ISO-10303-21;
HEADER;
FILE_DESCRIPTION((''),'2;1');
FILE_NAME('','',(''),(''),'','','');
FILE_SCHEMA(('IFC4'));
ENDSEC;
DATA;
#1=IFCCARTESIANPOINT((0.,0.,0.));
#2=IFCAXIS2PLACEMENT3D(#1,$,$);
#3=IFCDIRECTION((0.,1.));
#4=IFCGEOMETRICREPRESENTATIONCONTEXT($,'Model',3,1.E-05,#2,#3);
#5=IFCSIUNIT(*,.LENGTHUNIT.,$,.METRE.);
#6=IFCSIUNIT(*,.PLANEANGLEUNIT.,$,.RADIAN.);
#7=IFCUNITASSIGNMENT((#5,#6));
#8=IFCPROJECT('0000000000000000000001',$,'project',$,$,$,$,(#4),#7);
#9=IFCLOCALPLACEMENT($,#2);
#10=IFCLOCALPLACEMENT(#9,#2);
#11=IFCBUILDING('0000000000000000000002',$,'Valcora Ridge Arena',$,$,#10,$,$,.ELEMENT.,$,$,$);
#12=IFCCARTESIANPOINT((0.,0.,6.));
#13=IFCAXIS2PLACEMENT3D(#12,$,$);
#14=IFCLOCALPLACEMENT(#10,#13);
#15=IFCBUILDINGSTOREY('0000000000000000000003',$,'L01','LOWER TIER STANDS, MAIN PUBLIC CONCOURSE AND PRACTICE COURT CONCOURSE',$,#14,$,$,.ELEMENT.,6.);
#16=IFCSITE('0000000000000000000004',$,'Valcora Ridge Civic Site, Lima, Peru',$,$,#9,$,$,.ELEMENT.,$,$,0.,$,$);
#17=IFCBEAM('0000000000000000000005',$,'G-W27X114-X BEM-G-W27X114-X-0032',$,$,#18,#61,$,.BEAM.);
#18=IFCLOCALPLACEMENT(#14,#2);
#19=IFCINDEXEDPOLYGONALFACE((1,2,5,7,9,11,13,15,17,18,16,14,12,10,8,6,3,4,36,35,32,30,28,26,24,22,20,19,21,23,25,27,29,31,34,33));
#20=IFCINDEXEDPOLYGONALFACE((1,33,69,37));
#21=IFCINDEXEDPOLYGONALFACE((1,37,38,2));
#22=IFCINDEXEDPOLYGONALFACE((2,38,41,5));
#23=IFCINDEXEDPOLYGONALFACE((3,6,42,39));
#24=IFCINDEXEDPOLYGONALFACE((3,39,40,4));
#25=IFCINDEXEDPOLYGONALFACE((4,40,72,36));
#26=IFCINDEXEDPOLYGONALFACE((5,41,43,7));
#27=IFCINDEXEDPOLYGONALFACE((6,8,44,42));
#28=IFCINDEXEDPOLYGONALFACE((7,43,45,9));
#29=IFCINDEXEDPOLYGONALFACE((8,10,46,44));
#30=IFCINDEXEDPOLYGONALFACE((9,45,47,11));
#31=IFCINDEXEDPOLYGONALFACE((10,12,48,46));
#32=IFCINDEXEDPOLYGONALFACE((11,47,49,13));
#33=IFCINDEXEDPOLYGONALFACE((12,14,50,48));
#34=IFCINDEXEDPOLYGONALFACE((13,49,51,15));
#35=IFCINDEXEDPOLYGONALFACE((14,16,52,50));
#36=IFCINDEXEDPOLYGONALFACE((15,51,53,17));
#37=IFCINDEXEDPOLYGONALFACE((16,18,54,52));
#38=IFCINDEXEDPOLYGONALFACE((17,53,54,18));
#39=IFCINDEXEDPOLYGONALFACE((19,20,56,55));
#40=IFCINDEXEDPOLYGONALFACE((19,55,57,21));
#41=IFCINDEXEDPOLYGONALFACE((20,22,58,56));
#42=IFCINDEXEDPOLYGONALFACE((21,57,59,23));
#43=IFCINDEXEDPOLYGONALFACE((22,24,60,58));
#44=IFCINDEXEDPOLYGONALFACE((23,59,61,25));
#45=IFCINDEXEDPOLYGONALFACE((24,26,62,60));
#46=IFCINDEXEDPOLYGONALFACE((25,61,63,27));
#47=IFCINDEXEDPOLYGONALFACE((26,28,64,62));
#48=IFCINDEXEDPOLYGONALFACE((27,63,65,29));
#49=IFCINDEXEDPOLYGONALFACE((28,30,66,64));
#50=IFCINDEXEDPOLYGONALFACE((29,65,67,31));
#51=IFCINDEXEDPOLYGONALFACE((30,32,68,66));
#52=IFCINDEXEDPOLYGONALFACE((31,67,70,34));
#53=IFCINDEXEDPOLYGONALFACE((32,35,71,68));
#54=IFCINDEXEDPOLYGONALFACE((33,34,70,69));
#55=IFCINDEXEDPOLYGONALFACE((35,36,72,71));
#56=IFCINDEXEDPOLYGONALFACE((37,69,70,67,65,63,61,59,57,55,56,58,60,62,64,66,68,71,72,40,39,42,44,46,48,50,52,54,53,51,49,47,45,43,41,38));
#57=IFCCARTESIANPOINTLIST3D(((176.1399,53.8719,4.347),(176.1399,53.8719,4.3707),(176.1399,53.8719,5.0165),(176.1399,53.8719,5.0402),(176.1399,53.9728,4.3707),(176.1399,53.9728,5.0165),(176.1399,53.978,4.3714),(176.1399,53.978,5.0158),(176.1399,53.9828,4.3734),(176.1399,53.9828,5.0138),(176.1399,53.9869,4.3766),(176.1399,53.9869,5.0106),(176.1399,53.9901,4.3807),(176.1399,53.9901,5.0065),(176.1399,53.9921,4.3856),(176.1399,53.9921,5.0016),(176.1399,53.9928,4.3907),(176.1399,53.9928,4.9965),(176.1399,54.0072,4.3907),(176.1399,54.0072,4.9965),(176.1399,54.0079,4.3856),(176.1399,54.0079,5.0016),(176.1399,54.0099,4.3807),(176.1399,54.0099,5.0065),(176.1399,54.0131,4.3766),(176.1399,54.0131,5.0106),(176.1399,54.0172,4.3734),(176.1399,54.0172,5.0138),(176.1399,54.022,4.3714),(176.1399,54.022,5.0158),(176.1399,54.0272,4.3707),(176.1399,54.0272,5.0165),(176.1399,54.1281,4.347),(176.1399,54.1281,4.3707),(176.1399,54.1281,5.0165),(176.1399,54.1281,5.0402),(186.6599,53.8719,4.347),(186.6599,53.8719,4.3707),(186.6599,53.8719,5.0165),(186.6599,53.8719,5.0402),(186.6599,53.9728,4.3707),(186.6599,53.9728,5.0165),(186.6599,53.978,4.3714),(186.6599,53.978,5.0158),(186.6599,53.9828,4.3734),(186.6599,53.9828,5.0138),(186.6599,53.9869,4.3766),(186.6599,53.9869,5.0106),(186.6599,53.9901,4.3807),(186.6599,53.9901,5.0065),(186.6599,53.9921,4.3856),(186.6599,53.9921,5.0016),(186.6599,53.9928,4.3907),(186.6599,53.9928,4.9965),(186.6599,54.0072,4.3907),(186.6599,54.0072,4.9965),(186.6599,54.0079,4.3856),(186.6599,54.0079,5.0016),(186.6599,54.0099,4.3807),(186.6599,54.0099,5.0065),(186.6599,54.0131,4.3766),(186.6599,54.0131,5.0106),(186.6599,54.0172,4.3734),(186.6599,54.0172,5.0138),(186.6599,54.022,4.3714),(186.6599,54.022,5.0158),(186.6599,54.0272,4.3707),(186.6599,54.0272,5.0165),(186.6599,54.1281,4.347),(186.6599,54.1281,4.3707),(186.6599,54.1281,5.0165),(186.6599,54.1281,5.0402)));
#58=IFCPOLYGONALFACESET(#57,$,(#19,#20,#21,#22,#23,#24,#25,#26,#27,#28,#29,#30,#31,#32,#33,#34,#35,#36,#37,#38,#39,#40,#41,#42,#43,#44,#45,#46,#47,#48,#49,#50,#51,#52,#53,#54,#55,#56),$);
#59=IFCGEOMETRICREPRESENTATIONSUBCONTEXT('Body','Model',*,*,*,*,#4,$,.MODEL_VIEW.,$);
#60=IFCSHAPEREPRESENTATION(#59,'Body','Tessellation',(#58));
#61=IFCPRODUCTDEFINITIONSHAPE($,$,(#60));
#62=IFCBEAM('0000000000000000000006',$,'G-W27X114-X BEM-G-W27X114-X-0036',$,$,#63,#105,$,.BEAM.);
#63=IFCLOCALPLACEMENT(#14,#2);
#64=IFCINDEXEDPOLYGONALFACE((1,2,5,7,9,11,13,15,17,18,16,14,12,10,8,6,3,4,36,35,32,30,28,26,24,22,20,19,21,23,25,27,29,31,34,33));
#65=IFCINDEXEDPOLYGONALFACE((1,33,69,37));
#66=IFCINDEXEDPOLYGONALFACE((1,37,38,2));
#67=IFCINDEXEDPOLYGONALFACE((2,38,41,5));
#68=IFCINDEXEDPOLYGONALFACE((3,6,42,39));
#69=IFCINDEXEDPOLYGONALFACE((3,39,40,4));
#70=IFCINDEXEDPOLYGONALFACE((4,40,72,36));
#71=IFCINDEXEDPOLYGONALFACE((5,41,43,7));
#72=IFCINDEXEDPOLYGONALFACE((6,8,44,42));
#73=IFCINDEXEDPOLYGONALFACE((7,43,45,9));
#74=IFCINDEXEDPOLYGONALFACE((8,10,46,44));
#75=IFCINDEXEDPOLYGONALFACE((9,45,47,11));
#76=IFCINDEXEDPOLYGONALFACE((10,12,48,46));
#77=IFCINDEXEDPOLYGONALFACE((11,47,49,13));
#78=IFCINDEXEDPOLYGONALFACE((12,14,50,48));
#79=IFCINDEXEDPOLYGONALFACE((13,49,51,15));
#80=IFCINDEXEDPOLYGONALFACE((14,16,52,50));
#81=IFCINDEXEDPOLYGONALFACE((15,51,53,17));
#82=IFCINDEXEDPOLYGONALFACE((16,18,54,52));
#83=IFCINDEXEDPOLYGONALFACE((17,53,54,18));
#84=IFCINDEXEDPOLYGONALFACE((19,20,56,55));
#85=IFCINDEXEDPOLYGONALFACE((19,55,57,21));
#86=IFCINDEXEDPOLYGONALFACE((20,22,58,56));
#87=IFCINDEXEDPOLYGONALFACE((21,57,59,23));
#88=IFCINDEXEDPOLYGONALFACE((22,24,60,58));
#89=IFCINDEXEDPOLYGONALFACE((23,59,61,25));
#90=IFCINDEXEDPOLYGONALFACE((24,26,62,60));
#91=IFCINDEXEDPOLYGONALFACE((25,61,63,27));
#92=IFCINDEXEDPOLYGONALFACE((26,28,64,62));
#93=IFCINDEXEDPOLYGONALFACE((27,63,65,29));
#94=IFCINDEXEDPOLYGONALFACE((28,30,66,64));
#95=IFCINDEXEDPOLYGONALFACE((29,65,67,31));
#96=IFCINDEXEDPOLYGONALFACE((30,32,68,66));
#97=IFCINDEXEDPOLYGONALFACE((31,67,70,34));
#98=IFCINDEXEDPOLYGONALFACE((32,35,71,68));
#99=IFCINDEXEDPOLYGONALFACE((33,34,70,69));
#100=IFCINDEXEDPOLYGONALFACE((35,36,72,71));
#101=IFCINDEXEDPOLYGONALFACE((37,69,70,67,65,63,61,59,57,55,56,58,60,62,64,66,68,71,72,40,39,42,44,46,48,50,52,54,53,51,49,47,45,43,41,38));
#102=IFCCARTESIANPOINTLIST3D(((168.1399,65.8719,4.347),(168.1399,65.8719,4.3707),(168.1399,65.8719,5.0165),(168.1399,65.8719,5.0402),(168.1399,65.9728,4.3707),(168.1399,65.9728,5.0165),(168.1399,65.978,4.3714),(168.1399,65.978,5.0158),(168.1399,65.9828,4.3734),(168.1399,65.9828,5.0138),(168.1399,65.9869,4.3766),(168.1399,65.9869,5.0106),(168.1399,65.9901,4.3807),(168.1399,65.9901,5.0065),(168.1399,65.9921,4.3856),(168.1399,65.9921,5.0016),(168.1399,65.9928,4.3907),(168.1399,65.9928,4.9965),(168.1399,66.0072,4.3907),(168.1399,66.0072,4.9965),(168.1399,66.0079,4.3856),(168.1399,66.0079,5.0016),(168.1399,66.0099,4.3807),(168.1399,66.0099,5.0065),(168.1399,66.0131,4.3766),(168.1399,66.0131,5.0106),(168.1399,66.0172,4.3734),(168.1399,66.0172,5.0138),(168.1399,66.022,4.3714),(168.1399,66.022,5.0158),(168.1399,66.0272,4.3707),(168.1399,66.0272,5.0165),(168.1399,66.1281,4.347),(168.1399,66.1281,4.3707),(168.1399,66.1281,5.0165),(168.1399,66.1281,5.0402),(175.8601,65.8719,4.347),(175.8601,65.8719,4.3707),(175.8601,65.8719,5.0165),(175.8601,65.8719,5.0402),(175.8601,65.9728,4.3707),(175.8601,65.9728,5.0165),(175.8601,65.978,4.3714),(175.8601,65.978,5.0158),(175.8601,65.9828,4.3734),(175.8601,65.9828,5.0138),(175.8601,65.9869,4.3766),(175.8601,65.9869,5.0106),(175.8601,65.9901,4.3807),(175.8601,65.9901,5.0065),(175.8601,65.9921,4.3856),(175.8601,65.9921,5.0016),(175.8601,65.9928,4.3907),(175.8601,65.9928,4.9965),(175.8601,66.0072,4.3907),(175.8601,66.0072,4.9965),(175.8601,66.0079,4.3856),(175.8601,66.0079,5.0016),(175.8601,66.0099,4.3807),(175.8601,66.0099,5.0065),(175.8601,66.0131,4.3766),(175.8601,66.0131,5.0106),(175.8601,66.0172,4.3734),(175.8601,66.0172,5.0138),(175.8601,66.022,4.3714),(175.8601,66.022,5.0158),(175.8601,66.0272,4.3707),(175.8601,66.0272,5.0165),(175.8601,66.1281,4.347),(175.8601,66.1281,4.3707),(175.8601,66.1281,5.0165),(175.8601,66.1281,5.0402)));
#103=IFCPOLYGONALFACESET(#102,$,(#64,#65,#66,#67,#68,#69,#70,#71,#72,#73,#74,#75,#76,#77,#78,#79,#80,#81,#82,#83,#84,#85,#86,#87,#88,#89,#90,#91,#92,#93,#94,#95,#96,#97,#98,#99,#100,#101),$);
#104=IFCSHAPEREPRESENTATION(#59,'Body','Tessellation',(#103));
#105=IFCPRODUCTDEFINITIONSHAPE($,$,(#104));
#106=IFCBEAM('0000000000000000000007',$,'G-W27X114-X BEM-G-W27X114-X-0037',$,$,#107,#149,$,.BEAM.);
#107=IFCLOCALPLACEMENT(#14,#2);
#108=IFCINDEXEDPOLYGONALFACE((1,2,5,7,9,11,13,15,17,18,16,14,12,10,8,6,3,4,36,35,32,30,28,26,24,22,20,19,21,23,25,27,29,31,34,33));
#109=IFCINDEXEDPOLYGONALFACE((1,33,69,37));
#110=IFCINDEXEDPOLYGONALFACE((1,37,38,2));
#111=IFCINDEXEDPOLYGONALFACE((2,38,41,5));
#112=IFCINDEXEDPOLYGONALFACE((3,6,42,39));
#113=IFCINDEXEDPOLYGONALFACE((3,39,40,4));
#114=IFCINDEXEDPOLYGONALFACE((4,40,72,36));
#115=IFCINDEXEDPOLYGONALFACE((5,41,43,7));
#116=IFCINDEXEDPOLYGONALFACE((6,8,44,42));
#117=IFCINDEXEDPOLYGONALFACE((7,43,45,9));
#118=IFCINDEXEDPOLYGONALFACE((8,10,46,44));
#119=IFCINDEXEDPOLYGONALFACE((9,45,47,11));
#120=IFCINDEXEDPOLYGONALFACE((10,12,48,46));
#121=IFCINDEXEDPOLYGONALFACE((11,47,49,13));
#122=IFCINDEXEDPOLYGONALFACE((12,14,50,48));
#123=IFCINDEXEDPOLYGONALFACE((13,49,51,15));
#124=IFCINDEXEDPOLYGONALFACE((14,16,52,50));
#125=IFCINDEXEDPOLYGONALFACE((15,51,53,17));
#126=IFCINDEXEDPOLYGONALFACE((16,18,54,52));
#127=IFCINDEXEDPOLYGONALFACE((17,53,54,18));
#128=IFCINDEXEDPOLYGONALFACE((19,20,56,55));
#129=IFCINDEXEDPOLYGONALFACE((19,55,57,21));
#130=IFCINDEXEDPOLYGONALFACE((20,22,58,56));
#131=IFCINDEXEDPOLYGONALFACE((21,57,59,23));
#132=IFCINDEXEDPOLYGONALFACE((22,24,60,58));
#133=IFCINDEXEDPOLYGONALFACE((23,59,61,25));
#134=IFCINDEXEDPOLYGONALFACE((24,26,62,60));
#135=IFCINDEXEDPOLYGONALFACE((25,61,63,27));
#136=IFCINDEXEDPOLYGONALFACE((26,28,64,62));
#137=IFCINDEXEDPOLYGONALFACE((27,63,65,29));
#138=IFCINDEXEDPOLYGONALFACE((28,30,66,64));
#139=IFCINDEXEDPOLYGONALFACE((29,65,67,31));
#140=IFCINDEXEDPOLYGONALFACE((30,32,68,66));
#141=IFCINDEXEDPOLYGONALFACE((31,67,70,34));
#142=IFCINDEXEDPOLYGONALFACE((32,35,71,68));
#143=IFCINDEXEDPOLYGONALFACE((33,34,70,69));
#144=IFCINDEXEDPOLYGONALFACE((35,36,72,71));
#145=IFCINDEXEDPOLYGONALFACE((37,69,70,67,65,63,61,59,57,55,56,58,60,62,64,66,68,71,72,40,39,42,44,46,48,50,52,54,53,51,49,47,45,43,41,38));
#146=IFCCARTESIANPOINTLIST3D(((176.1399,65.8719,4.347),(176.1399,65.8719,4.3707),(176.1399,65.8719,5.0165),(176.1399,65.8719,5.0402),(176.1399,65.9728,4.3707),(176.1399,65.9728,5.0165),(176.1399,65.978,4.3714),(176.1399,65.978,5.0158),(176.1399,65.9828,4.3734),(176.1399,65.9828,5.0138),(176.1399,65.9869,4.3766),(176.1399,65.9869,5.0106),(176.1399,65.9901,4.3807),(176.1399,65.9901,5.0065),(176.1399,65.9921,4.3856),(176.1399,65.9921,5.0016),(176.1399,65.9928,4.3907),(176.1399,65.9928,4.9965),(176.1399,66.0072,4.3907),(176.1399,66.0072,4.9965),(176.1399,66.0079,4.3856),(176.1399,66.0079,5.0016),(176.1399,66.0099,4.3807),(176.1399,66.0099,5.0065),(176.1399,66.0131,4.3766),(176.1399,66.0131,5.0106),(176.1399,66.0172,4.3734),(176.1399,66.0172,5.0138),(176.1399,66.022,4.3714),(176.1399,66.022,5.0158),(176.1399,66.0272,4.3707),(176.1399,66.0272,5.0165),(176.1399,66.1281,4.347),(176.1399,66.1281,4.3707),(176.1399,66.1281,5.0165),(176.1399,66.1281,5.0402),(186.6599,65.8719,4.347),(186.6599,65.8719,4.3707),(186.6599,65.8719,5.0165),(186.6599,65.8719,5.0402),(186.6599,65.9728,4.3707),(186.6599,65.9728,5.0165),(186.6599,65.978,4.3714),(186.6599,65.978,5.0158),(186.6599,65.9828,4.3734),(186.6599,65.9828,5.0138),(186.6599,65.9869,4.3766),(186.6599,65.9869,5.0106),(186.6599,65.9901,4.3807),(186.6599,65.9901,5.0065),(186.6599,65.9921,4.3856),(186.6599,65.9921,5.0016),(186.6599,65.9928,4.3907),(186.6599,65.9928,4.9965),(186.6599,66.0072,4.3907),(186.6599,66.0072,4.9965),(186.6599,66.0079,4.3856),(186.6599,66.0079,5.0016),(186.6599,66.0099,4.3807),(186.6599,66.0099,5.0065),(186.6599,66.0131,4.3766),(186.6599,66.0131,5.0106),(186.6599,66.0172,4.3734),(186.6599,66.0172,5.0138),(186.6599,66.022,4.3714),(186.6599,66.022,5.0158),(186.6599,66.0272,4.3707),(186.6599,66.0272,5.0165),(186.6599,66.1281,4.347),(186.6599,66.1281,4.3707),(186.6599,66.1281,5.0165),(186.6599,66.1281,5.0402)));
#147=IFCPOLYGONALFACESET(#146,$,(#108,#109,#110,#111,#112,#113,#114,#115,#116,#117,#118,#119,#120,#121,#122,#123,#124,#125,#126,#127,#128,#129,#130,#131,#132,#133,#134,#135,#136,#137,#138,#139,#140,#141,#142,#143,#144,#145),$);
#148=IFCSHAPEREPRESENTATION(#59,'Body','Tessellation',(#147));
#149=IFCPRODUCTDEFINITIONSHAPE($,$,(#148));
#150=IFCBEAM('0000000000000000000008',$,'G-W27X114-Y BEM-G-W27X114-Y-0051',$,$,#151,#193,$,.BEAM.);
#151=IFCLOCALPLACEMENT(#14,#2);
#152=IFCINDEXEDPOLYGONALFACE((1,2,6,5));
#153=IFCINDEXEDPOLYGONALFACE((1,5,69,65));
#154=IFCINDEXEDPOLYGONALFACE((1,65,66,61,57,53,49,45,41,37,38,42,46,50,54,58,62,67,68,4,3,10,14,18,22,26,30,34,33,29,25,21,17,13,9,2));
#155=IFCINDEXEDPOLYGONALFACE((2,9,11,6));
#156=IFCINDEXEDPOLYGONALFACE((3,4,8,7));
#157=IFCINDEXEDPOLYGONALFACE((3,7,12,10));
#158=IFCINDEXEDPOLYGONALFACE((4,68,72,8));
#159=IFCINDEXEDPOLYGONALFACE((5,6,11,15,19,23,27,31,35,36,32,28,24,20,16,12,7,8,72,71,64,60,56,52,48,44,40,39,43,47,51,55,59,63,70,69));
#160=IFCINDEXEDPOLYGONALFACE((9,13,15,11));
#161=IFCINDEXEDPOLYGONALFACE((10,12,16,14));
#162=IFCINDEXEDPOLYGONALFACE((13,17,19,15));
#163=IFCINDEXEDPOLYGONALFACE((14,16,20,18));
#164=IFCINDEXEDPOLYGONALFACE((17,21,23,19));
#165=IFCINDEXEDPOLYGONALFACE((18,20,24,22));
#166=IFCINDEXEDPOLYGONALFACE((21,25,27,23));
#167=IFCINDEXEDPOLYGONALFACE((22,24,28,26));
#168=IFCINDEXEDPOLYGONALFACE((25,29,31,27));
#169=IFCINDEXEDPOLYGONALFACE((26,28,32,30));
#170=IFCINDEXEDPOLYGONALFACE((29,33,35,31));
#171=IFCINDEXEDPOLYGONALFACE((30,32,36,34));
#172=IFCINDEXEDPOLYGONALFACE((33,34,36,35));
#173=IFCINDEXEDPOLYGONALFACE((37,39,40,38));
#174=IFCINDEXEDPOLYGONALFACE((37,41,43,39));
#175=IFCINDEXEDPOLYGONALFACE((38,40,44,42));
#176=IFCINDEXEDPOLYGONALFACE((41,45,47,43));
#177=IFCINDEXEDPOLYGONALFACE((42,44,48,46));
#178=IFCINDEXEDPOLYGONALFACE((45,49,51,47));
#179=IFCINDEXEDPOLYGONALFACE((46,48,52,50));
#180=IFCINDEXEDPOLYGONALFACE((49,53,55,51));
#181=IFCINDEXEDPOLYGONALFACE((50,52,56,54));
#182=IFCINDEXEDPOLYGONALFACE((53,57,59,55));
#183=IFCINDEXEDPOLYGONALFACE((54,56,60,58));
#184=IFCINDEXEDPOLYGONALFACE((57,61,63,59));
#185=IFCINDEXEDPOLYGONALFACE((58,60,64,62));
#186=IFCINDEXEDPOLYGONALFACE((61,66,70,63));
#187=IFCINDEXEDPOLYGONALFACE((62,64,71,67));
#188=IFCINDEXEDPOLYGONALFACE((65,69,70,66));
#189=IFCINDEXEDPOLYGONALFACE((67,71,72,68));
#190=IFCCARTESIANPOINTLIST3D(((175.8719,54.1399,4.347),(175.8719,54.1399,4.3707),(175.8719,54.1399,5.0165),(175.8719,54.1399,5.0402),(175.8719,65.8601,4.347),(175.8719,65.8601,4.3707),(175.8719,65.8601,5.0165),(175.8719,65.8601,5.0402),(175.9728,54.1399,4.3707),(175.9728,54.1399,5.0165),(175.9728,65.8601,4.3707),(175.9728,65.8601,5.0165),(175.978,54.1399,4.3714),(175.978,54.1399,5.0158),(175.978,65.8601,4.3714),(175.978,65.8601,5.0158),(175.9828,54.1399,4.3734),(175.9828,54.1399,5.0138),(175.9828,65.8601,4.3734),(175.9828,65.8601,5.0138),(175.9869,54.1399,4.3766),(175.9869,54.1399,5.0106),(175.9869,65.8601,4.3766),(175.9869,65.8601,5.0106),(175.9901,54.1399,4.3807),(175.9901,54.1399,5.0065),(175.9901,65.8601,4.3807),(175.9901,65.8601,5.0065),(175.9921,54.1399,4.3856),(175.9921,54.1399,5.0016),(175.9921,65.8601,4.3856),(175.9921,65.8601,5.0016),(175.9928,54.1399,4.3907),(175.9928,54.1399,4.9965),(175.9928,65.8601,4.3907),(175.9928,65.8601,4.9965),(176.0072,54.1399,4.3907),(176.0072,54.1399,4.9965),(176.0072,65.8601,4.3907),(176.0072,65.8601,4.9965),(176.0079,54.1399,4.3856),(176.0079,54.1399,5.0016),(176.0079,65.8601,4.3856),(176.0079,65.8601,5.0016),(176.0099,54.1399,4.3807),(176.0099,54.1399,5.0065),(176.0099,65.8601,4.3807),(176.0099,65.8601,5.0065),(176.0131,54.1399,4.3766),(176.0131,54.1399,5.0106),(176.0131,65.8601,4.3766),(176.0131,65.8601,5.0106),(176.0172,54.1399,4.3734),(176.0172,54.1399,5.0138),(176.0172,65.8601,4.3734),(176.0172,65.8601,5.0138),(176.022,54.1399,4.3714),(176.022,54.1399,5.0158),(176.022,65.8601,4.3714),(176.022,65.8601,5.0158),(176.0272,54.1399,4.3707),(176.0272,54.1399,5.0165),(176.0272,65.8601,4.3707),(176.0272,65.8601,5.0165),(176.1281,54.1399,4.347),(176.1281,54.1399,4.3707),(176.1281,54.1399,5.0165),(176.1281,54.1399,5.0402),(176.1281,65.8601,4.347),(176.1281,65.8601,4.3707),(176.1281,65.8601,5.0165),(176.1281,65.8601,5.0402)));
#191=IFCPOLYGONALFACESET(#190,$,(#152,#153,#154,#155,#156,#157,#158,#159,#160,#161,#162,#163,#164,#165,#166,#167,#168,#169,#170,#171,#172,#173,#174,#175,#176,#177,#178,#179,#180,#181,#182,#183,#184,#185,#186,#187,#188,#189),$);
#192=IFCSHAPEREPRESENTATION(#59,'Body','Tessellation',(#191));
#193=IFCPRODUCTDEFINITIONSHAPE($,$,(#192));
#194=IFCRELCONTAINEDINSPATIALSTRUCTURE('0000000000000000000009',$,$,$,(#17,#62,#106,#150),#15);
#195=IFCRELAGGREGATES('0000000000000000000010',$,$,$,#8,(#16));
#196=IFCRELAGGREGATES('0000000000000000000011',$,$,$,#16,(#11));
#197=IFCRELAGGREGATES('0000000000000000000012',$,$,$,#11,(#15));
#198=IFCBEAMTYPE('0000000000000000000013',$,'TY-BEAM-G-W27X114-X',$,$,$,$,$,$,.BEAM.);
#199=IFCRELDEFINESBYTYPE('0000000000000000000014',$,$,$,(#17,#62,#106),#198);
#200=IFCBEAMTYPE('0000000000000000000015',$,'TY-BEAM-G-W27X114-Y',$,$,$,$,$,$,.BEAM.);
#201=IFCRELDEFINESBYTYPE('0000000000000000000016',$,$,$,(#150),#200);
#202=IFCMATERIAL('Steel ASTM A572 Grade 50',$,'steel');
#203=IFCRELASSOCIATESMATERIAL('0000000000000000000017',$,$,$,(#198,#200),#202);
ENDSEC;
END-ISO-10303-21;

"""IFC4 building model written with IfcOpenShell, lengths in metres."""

from ifc_helpers import new_model, si_unit, direction, frame, origin, origin_2d, place, context, subcontext, project, spatial, i_section, extrude, material, material_profile, profile_set, type_object, element, save


model = new_model("IFC4")

# Units and contexts
model_context = context("Model", 3, precision=1e-05, world=origin(), true_north=direction((0.0, 1.0)))
body_context = subcontext(model_context, "Body", "Model", "MODEL_VIEW")
ifc_project = project(units=[si_unit("LENGTHUNIT", "METRE"), si_unit("PLANEANGLEUNIT", "RADIAN")], contexts=[model_context])

# Site, building, storey
site_placement = place(None, origin())
site = spatial("IfcSite", under=ifc_project, at=site_placement, Name="Valcora Ridge Civic Site, Lima, Peru", CompositionType="ELEMENT", RefElevation=0.0)
building_placement = place(site_placement, origin())
building = spatial("IfcBuilding", under=site, at=building_placement, Name="Valcora Ridge Arena", CompositionType="ELEMENT")
storey_placement = place(building_placement, frame((0.0, 0.0, 6.0)))
storey = spatial("IfcBuildingStorey", under=building, at=storey_placement, Name="L01", Description="LOWER TIER STANDS, MAIN PUBLIC CONCOURSE AND PRACTICE COURT CONCOURSE", CompositionType="ELEMENT", Elevation=6.0)

# Shared definitions
ifc_material_1 = material(Name="Steel ASTM A572 Grade 50", Category="steel")

# Beams
ifc_material_profile_1 = material_profile(ifc_material_1, i_section(OverallWidth=0.2561, OverallDepth=0.6931, WebThickness=0.0144, FlangeThickness=0.0237, FilletRadius=0.02, at=origin_2d()), Name="W27X114")
ifc_profile_set_1 = profile_set([ifc_material_profile_1], Name="Steel ASTM A572 Grade 50")
beam_type_1 = type_object("IfcBeamType", Name="TY-BEAM-G-W27X114-X", PredefinedType="BEAM", material=ifc_profile_set_1)
beam_1_placement = place(storey_placement, frame((176.1399, 54.0, 4.6936), z_axis=(1.0, 0.0, 0.0), x_axis=(0.0, 1.0, 0.0)))
element("IfcBeam", 1, at=beam_1_placement, inside=storey, type_object=beam_type_1, Name="G-W27X114-X BEM-G-W27X114-X-0032", PredefinedType="BEAM", context=body_context, shape_type="SweptSolid", body=[
    extrude(i_section(OverallWidth=0.2561, OverallDepth=0.6931, WebThickness=0.0144, FlangeThickness=0.0237, FilletRadius=0.02, at=origin_2d()), origin(), (0.0, 0.0, 1.0), 10.52),
])
beam_2_placement = place(storey_placement, frame((168.1399, 66.0, 4.6936), z_axis=(1.0, 0.0, 0.0), x_axis=(0.0, 1.0, 0.0)))
element("IfcBeam", 2, at=beam_2_placement, inside=storey, type_object=beam_type_1, Name="G-W27X114-X BEM-G-W27X114-X-0036", PredefinedType="BEAM", context=body_context, shape_type="SweptSolid", body=[
    extrude(i_section(OverallWidth=0.2561, OverallDepth=0.6931, WebThickness=0.0144, FlangeThickness=0.0237, FilletRadius=0.02, at=origin_2d()), origin(), (0.0, 0.0, 1.0), 7.7202),
])
beam_3_placement = place(storey_placement, frame((176.1399, 66.0, 4.6936), z_axis=(1.0, 0.0, 0.0), x_axis=(0.0, 1.0, 0.0)))
element("IfcBeam", 3, at=beam_3_placement, inside=storey, type_object=beam_type_1, Name="G-W27X114-X BEM-G-W27X114-X-0037", PredefinedType="BEAM", context=body_context, shape_type="SweptSolid", body=[
    extrude(i_section(OverallWidth=0.2561, OverallDepth=0.6931, WebThickness=0.0144, FlangeThickness=0.0237, FilletRadius=0.02, at=origin_2d()), origin(), (0.0, 0.0, 1.0), 10.52),
])
ifc_material_profile_2 = material_profile(ifc_material_1, i_section(OverallWidth=0.2561, OverallDepth=0.6931, WebThickness=0.0144, FlangeThickness=0.0237, FilletRadius=0.02, at=origin_2d()), Name="W27X114")
ifc_profile_set_2 = profile_set([ifc_material_profile_2], Name="Steel ASTM A572 Grade 50")
beam_type_2 = type_object("IfcBeamType", Name="TY-BEAM-G-W27X114-Y", PredefinedType="BEAM", material=ifc_profile_set_2)
for number, where, z_axis, x_axis, name in (
    (4, (176.0, 54.1399, 4.6936), (0.0, 1.0, 0.0), (-1.0, 0.0, 0.0), "G-W27X114-Y BEM-G-W27X114-Y-0051"),
):
    element("IfcBeam", number, at=place(storey_placement, frame(where, z_axis=z_axis, x_axis=x_axis)), inside=storey, type_object=beam_type_2, Name=name, PredefinedType="BEAM", context=body_context, shape_type="SweptSolid", body=[
        extrude(i_section(OverallWidth=0.2561, OverallDepth=0.6931, WebThickness=0.0144, FlangeThickness=0.0237, FilletRadius=0.02, at=origin_2d()), origin(), (0.0, 0.0, 1.0), 11.7202),
    ])

save(model, "model.ifc")
